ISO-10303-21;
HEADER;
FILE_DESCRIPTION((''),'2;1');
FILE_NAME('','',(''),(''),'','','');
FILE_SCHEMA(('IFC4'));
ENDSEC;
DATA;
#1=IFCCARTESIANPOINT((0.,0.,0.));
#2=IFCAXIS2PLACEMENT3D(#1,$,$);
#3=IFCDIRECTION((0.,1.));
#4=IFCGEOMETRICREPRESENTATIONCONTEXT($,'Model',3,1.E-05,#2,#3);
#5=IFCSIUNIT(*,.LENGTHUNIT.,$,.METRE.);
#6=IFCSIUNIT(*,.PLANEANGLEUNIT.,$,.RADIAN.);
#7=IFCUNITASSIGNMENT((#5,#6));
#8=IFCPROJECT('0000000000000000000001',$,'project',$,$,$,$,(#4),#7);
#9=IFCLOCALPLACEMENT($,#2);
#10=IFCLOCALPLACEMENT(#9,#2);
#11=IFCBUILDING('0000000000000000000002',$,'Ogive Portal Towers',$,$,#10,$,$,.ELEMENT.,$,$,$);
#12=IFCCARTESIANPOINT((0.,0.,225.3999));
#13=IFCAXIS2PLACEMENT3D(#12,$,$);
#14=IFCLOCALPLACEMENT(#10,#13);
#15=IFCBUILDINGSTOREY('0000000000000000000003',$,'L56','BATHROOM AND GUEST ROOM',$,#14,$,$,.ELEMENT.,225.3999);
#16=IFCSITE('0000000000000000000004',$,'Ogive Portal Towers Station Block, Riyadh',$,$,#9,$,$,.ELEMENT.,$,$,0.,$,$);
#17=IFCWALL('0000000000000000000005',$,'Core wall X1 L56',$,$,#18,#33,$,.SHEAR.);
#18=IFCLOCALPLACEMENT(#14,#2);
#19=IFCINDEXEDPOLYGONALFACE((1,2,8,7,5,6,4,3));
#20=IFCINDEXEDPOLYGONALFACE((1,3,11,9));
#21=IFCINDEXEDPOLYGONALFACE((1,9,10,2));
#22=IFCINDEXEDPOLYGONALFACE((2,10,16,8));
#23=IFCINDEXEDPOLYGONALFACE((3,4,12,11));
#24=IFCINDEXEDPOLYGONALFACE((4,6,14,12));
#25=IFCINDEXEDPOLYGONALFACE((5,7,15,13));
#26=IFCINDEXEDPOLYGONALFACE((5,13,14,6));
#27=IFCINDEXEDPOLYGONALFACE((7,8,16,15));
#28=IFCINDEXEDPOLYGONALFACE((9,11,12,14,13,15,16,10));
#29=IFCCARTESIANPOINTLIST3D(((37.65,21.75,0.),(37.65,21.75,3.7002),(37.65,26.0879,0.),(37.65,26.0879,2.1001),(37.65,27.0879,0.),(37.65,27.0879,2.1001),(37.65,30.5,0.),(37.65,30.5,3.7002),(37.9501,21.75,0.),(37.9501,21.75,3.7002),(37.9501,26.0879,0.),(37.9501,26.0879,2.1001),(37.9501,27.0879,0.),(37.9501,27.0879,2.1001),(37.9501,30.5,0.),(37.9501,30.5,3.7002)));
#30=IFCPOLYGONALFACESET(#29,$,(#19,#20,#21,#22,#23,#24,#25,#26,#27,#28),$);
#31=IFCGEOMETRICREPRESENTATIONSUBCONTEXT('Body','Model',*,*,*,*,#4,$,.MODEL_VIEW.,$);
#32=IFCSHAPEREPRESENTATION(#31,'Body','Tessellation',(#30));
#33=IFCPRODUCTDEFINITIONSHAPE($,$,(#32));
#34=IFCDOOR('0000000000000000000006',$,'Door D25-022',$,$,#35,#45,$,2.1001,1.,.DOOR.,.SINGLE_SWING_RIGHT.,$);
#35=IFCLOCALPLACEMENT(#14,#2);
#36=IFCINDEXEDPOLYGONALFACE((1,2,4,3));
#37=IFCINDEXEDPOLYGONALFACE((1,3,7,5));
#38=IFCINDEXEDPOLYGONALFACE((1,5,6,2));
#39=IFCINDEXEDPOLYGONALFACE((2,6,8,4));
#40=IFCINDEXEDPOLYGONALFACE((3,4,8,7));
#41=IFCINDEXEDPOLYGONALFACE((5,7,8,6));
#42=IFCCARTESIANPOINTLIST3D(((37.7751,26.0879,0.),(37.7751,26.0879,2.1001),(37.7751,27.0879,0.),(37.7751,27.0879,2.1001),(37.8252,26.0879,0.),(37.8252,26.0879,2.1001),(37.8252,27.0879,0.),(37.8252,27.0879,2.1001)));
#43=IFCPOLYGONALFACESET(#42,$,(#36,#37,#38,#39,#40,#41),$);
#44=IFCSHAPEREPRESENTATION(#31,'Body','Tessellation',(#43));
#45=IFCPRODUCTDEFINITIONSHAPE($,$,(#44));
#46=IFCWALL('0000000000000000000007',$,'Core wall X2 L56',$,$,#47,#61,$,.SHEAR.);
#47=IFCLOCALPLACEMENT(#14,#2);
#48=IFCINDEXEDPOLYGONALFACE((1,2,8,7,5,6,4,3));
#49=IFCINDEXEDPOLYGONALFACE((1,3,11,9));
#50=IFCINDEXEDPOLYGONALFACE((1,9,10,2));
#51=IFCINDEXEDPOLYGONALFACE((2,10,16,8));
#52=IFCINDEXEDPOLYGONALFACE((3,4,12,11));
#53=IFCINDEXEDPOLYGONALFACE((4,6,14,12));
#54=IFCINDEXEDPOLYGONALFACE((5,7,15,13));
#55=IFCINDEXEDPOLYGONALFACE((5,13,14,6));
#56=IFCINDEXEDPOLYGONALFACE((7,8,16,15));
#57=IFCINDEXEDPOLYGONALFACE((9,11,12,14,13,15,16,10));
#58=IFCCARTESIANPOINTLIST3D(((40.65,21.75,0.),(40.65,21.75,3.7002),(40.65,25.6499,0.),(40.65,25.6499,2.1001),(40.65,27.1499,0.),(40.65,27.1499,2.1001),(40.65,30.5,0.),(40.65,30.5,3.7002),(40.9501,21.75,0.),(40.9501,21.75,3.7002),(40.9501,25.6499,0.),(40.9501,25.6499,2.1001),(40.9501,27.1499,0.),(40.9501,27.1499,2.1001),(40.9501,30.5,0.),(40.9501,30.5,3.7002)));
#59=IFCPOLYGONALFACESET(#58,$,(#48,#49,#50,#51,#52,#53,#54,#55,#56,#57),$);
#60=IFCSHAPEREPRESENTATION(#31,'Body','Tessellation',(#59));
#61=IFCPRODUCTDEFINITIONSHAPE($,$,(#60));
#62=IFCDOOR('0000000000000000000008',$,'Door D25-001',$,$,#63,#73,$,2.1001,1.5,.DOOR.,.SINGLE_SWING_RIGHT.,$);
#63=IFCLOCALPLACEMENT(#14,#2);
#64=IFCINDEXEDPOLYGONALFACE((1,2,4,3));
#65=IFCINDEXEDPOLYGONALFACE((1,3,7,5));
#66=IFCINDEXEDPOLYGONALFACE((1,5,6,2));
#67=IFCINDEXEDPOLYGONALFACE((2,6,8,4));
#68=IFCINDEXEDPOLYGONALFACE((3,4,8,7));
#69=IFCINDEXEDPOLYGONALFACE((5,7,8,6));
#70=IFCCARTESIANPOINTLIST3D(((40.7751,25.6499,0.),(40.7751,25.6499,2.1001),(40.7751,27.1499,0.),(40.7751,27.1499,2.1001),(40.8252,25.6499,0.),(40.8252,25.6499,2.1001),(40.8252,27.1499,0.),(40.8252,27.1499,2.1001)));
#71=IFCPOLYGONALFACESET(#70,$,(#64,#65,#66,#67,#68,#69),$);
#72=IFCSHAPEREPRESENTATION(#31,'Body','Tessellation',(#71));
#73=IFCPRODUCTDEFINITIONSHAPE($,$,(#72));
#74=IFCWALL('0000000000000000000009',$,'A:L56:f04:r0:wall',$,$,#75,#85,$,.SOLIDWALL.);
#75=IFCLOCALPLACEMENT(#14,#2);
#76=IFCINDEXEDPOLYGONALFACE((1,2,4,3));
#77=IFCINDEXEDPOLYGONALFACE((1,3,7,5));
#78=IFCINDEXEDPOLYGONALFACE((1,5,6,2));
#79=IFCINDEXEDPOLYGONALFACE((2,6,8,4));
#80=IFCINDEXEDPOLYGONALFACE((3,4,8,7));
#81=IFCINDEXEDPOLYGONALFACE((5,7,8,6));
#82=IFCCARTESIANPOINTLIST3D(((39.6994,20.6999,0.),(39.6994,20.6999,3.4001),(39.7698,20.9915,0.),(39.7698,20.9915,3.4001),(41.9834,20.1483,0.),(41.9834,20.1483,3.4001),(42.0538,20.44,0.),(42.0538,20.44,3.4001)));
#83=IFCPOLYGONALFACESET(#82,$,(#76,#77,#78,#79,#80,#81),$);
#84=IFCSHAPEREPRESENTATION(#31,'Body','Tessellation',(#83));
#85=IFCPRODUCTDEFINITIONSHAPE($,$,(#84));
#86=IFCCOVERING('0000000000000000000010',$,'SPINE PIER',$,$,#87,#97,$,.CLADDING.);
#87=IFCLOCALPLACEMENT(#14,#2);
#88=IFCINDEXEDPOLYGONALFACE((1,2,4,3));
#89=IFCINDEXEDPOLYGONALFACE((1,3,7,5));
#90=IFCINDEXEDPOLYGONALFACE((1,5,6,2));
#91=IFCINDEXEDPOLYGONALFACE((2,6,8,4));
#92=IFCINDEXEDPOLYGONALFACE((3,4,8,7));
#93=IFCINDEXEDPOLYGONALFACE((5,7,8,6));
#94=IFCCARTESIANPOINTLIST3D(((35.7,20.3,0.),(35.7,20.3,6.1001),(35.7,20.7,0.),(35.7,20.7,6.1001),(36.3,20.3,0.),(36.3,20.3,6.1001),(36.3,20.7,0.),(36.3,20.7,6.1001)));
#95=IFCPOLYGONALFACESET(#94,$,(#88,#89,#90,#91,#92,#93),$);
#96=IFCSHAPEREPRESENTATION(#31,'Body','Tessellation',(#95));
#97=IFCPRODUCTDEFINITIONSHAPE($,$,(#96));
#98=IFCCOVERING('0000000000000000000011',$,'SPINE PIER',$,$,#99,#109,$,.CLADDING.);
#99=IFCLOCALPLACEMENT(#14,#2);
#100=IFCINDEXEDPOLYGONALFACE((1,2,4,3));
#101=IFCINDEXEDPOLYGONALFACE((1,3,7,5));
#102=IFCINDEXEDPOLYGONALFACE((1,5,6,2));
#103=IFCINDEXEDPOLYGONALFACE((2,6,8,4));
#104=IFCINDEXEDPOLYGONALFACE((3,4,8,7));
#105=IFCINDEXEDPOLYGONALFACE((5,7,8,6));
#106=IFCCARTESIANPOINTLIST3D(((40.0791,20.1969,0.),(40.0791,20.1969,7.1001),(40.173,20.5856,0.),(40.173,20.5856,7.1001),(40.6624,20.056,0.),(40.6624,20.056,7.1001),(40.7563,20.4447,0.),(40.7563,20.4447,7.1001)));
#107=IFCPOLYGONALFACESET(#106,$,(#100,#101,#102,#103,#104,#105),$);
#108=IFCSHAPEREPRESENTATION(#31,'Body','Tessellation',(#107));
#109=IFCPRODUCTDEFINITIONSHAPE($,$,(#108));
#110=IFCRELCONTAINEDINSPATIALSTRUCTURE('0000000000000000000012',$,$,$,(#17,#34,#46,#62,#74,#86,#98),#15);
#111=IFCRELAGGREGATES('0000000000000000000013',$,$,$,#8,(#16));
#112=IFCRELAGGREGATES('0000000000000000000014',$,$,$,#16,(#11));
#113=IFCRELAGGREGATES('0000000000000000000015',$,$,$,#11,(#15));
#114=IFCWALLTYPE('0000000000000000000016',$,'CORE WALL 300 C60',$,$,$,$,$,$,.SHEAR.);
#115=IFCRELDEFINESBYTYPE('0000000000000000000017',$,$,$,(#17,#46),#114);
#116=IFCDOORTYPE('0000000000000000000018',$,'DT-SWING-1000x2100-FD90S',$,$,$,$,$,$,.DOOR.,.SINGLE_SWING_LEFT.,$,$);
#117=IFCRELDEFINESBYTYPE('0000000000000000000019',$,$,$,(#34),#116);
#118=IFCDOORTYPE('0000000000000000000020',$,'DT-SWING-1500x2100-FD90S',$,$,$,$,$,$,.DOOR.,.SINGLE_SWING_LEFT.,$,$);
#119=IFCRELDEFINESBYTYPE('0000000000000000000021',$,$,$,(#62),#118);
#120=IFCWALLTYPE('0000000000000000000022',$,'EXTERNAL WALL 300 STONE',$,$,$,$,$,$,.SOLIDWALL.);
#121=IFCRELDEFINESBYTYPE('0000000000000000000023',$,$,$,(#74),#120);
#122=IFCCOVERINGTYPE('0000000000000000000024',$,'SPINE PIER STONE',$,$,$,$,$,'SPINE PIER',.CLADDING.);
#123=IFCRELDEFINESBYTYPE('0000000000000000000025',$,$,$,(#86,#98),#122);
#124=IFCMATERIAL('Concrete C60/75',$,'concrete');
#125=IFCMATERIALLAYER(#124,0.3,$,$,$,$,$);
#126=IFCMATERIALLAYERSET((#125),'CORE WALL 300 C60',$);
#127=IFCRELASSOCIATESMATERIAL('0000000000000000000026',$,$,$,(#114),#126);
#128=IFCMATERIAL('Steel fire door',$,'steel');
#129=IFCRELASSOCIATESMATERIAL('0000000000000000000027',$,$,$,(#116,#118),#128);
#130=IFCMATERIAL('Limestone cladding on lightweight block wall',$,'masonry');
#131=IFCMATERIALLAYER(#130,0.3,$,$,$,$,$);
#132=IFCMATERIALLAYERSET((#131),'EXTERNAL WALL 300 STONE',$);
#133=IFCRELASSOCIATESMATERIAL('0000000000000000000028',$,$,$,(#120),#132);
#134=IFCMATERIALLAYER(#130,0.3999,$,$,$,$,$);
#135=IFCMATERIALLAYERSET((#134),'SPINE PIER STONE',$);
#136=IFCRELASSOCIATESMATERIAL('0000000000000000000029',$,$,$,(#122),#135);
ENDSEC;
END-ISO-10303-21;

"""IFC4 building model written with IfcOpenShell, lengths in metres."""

from ifc_helpers import new_model, si_unit, direction, frame, frame_2d, origin, origin_2d, place, context, subcontext, project, spatial, rectangle, extrude, material, layer, layer_set, type_object, element, fill, save


model = new_model("IFC4")

# Units and contexts
model_context = context("Model", 3, precision=1e-05, world=origin(), true_north=direction((0.0, 1.0)))
body_context = subcontext(model_context, "Body", "Model", "MODEL_VIEW")
ifc_project = project(units=[si_unit("LENGTHUNIT", "METRE"), si_unit("PLANEANGLEUNIT", "RADIAN")], contexts=[model_context])

# Site, building, storey
site_placement = place(None, origin())
site = spatial("IfcSite", under=ifc_project, at=site_placement, Name="Ogive Portal Towers Station Block, Riyadh", CompositionType="ELEMENT", RefElevation=0.0)
building_placement = place(site_placement, origin())
building = spatial("IfcBuilding", under=site, at=building_placement, Name="Ogive Portal Towers", CompositionType="ELEMENT")
storey_placement = place(building_placement, frame((0.0, 0.0, 225.3999)))
storey = spatial("IfcBuildingStorey", under=building, at=storey_placement, Name="L56", Description="BATHROOM AND GUEST ROOM", CompositionType="ELEMENT", Elevation=225.3999)

# Walls, openings, doors
ifc_material_1 = material(Name="Concrete C60/75", Category="concrete")
ifc_layer_1 = layer(ifc_material_1, 0.3)
ifc_layer_set_1 = layer_set([ifc_layer_1], Name="CORE WALL 300 C60")
wall_type_1 = type_object("IfcWallType", Name="CORE WALL 300 C60", PredefinedType="SHEAR", material=ifc_layer_set_1)
wall_1_placement = place(storey_placement, frame((37.8, 21.75, 0.0), z_axis=(0.0, 0.0, 1.0), x_axis=(0.0, 1.0, 0.0)))
wall_1 = element("IfcWall", 1, at=wall_1_placement, inside=storey, type_object=wall_type_1, Name="Core wall X1 L56", PredefinedType="SHEAR", context=body_context, shape_type="SweptSolid", body=[
    extrude(rectangle(XDim=8.75, YDim=0.3, at=frame_2d((4.375, 0.0))), origin(), (0.0, 0.0, 1.0), 3.7002),
])
opening_1_placement = place(wall_1_placement, frame((4.3379, 0.0, 0.0)))
opening_1 = element("IfcOpeningElement", 2, at=opening_1_placement, cuts=wall_1, PredefinedType="OPENING", context=body_context, shape_type="SweptSolid", body=[
    extrude(rectangle(XDim=1.0, YDim=2.1001, at=frame_2d((0.5, 1.05))), frame((0.0, 0.1602, 0.0), z_axis=(0.0, -1.0, 0.0), x_axis=(1.0, 0.0, 0.0)), (0.0, 0.0, 1.0), 0.3201),
])
ifc_material_2 = material(Name="Steel fire door", Category="steel")
door_type_1 = type_object("IfcDoorType", Name="DT-SWING-1000x2100-FD90S", OperationType="SINGLE_SWING_LEFT", PredefinedType="DOOR", material=ifc_material_2)
door_1_placement = place(opening_1_placement, origin())
door_1 = element("IfcDoor", 3, at=door_1_placement, inside=storey, type_object=door_type_1, Name="Door D25-022", OperationType="SINGLE_SWING_RIGHT", OverallHeight=2.1001, OverallWidth=1.0, PredefinedType="DOOR", context=body_context, shape_type="SweptSolid", body=[
    extrude(rectangle(XDim=1.0, YDim=2.1001, at=frame_2d((0.5, 1.05))), frame((0.0, 0.0249, 0.0), z_axis=(0.0, -1.0, 0.0), x_axis=(1.0, 0.0, 0.0)), (0.0, 0.0, 1.0), 0.05),
])
fill(opening_1, door_1)
wall_2_placement = place(storey_placement, frame((40.8, 21.75, 0.0), z_axis=(0.0, 0.0, 1.0), x_axis=(0.0, 1.0, 0.0)))
wall_2 = element("IfcWall", 4, at=wall_2_placement, inside=storey, type_object=wall_type_1, Name="Core wall X2 L56", PredefinedType="SHEAR", context=body_context, shape_type="SweptSolid", body=[
    extrude(rectangle(XDim=8.75, YDim=0.3, at=frame_2d((4.375, 0.0))), origin(), (0.0, 0.0, 1.0), 3.7002),
])
opening_2_placement = place(wall_2_placement, frame((3.8999, 0.0, 0.0)))
opening_2 = element("IfcOpeningElement", 5, at=opening_2_placement, cuts=wall_2, PredefinedType="OPENING", context=body_context, shape_type="SweptSolid", body=[
    extrude(rectangle(XDim=1.5, YDim=2.1001, at=frame_2d((0.75, 1.05))), frame((0.0, 0.1602, 0.0), z_axis=(0.0, -1.0, 0.0), x_axis=(1.0, 0.0, 0.0)), (0.0, 0.0, 1.0), 0.3201),
])
door_type_2 = type_object("IfcDoorType", Name="DT-SWING-1500x2100-FD90S", OperationType="SINGLE_SWING_LEFT", PredefinedType="DOOR", material=ifc_material_2)
door_2_placement = place(opening_2_placement, origin())
door_2 = element("IfcDoor", 6, at=door_2_placement, inside=storey, type_object=door_type_2, Name="Door D25-001", OperationType="SINGLE_SWING_RIGHT", OverallHeight=2.1001, OverallWidth=1.5, PredefinedType="DOOR", context=body_context, shape_type="SweptSolid", body=[
    extrude(rectangle(XDim=1.5, YDim=2.1001, at=frame_2d((0.75, 1.05))), frame((0.0, 0.0249, 0.0), z_axis=(0.0, -1.0, 0.0), x_axis=(1.0, 0.0, 0.0)), (0.0, 0.0, 1.0), 0.05),
])
fill(opening_2, door_2)

# Wall
ifc_material_3 = material(Name="Limestone cladding on lightweight block wall", Category="masonry")
ifc_layer_2 = layer(ifc_material_3, 0.3)
ifc_layer_set_2 = layer_set([ifc_layer_2], Name="EXTERNAL WALL 300 STONE")
wall_type_2 = type_object("IfcWallType", Name="EXTERNAL WALL 300 STONE", PredefinedType="SOLIDWALL", material=ifc_layer_set_2)
wall_3_placement = place(storey_placement, frame((39.7346, 20.8457, 0.0), z_axis=(0.0, 0.0, 1.0), x_axis=(0.972061, -0.234729, 0.0)))
element("IfcWall", 7, at=wall_3_placement, inside=storey, type_object=wall_type_2, Name="A:L56:f04:r0:wall", PredefinedType="SOLIDWALL", context=body_context, shape_type="SweptSolid", body=[
    extrude(rectangle(XDim=2.3496, YDim=0.3, at=frame_2d((1.1748, 0.0))), origin(), (0.0, 0.0, 1.0), 3.4001),
])

# Coverings
ifc_layer_3 = layer(ifc_material_3, 0.3999)
ifc_layer_set_3 = layer_set([ifc_layer_3], Name="SPINE PIER STONE")
covering_type = type_object("IfcCoveringType", Name="SPINE PIER STONE", ElementType="SPINE PIER", PredefinedType="CLADDING", material=ifc_layer_set_3)
covering_1_placement = place(storey_placement, frame((36.0, 20.5, 0.0), z_axis=(0.0, 0.0, 1.0), x_axis=(1.0, 0.0, 0.0)))
element("IfcCovering", 8, at=covering_1_placement, inside=storey, type_object=covering_type, Name="SPINE PIER", PredefinedType="CLADDING", context=body_context, shape_type="SweptSolid", body=[
    extrude(rectangle(XDim=0.6001, YDim=0.3999, at=origin_2d()), origin(), (0.0, 0.0, 1.0), 6.1001),
])
covering_2_placement = place(storey_placement, frame((40.4177, 20.3208, 0.0), z_axis=(0.0, 0.0, 1.0), x_axis=(0.972048, -0.234782, 0.0)))
element("IfcCovering", 9, at=covering_2_placement, inside=storey, type_object=covering_type, Name="SPINE PIER", PredefinedType="CLADDING", context=body_context, shape_type="SweptSolid", body=[
    extrude(rectangle(XDim=0.6001, YDim=0.3999, at=origin_2d()), origin(), (0.0, 0.0, 1.0), 7.1001),
])

save(model, "model.ifc")
